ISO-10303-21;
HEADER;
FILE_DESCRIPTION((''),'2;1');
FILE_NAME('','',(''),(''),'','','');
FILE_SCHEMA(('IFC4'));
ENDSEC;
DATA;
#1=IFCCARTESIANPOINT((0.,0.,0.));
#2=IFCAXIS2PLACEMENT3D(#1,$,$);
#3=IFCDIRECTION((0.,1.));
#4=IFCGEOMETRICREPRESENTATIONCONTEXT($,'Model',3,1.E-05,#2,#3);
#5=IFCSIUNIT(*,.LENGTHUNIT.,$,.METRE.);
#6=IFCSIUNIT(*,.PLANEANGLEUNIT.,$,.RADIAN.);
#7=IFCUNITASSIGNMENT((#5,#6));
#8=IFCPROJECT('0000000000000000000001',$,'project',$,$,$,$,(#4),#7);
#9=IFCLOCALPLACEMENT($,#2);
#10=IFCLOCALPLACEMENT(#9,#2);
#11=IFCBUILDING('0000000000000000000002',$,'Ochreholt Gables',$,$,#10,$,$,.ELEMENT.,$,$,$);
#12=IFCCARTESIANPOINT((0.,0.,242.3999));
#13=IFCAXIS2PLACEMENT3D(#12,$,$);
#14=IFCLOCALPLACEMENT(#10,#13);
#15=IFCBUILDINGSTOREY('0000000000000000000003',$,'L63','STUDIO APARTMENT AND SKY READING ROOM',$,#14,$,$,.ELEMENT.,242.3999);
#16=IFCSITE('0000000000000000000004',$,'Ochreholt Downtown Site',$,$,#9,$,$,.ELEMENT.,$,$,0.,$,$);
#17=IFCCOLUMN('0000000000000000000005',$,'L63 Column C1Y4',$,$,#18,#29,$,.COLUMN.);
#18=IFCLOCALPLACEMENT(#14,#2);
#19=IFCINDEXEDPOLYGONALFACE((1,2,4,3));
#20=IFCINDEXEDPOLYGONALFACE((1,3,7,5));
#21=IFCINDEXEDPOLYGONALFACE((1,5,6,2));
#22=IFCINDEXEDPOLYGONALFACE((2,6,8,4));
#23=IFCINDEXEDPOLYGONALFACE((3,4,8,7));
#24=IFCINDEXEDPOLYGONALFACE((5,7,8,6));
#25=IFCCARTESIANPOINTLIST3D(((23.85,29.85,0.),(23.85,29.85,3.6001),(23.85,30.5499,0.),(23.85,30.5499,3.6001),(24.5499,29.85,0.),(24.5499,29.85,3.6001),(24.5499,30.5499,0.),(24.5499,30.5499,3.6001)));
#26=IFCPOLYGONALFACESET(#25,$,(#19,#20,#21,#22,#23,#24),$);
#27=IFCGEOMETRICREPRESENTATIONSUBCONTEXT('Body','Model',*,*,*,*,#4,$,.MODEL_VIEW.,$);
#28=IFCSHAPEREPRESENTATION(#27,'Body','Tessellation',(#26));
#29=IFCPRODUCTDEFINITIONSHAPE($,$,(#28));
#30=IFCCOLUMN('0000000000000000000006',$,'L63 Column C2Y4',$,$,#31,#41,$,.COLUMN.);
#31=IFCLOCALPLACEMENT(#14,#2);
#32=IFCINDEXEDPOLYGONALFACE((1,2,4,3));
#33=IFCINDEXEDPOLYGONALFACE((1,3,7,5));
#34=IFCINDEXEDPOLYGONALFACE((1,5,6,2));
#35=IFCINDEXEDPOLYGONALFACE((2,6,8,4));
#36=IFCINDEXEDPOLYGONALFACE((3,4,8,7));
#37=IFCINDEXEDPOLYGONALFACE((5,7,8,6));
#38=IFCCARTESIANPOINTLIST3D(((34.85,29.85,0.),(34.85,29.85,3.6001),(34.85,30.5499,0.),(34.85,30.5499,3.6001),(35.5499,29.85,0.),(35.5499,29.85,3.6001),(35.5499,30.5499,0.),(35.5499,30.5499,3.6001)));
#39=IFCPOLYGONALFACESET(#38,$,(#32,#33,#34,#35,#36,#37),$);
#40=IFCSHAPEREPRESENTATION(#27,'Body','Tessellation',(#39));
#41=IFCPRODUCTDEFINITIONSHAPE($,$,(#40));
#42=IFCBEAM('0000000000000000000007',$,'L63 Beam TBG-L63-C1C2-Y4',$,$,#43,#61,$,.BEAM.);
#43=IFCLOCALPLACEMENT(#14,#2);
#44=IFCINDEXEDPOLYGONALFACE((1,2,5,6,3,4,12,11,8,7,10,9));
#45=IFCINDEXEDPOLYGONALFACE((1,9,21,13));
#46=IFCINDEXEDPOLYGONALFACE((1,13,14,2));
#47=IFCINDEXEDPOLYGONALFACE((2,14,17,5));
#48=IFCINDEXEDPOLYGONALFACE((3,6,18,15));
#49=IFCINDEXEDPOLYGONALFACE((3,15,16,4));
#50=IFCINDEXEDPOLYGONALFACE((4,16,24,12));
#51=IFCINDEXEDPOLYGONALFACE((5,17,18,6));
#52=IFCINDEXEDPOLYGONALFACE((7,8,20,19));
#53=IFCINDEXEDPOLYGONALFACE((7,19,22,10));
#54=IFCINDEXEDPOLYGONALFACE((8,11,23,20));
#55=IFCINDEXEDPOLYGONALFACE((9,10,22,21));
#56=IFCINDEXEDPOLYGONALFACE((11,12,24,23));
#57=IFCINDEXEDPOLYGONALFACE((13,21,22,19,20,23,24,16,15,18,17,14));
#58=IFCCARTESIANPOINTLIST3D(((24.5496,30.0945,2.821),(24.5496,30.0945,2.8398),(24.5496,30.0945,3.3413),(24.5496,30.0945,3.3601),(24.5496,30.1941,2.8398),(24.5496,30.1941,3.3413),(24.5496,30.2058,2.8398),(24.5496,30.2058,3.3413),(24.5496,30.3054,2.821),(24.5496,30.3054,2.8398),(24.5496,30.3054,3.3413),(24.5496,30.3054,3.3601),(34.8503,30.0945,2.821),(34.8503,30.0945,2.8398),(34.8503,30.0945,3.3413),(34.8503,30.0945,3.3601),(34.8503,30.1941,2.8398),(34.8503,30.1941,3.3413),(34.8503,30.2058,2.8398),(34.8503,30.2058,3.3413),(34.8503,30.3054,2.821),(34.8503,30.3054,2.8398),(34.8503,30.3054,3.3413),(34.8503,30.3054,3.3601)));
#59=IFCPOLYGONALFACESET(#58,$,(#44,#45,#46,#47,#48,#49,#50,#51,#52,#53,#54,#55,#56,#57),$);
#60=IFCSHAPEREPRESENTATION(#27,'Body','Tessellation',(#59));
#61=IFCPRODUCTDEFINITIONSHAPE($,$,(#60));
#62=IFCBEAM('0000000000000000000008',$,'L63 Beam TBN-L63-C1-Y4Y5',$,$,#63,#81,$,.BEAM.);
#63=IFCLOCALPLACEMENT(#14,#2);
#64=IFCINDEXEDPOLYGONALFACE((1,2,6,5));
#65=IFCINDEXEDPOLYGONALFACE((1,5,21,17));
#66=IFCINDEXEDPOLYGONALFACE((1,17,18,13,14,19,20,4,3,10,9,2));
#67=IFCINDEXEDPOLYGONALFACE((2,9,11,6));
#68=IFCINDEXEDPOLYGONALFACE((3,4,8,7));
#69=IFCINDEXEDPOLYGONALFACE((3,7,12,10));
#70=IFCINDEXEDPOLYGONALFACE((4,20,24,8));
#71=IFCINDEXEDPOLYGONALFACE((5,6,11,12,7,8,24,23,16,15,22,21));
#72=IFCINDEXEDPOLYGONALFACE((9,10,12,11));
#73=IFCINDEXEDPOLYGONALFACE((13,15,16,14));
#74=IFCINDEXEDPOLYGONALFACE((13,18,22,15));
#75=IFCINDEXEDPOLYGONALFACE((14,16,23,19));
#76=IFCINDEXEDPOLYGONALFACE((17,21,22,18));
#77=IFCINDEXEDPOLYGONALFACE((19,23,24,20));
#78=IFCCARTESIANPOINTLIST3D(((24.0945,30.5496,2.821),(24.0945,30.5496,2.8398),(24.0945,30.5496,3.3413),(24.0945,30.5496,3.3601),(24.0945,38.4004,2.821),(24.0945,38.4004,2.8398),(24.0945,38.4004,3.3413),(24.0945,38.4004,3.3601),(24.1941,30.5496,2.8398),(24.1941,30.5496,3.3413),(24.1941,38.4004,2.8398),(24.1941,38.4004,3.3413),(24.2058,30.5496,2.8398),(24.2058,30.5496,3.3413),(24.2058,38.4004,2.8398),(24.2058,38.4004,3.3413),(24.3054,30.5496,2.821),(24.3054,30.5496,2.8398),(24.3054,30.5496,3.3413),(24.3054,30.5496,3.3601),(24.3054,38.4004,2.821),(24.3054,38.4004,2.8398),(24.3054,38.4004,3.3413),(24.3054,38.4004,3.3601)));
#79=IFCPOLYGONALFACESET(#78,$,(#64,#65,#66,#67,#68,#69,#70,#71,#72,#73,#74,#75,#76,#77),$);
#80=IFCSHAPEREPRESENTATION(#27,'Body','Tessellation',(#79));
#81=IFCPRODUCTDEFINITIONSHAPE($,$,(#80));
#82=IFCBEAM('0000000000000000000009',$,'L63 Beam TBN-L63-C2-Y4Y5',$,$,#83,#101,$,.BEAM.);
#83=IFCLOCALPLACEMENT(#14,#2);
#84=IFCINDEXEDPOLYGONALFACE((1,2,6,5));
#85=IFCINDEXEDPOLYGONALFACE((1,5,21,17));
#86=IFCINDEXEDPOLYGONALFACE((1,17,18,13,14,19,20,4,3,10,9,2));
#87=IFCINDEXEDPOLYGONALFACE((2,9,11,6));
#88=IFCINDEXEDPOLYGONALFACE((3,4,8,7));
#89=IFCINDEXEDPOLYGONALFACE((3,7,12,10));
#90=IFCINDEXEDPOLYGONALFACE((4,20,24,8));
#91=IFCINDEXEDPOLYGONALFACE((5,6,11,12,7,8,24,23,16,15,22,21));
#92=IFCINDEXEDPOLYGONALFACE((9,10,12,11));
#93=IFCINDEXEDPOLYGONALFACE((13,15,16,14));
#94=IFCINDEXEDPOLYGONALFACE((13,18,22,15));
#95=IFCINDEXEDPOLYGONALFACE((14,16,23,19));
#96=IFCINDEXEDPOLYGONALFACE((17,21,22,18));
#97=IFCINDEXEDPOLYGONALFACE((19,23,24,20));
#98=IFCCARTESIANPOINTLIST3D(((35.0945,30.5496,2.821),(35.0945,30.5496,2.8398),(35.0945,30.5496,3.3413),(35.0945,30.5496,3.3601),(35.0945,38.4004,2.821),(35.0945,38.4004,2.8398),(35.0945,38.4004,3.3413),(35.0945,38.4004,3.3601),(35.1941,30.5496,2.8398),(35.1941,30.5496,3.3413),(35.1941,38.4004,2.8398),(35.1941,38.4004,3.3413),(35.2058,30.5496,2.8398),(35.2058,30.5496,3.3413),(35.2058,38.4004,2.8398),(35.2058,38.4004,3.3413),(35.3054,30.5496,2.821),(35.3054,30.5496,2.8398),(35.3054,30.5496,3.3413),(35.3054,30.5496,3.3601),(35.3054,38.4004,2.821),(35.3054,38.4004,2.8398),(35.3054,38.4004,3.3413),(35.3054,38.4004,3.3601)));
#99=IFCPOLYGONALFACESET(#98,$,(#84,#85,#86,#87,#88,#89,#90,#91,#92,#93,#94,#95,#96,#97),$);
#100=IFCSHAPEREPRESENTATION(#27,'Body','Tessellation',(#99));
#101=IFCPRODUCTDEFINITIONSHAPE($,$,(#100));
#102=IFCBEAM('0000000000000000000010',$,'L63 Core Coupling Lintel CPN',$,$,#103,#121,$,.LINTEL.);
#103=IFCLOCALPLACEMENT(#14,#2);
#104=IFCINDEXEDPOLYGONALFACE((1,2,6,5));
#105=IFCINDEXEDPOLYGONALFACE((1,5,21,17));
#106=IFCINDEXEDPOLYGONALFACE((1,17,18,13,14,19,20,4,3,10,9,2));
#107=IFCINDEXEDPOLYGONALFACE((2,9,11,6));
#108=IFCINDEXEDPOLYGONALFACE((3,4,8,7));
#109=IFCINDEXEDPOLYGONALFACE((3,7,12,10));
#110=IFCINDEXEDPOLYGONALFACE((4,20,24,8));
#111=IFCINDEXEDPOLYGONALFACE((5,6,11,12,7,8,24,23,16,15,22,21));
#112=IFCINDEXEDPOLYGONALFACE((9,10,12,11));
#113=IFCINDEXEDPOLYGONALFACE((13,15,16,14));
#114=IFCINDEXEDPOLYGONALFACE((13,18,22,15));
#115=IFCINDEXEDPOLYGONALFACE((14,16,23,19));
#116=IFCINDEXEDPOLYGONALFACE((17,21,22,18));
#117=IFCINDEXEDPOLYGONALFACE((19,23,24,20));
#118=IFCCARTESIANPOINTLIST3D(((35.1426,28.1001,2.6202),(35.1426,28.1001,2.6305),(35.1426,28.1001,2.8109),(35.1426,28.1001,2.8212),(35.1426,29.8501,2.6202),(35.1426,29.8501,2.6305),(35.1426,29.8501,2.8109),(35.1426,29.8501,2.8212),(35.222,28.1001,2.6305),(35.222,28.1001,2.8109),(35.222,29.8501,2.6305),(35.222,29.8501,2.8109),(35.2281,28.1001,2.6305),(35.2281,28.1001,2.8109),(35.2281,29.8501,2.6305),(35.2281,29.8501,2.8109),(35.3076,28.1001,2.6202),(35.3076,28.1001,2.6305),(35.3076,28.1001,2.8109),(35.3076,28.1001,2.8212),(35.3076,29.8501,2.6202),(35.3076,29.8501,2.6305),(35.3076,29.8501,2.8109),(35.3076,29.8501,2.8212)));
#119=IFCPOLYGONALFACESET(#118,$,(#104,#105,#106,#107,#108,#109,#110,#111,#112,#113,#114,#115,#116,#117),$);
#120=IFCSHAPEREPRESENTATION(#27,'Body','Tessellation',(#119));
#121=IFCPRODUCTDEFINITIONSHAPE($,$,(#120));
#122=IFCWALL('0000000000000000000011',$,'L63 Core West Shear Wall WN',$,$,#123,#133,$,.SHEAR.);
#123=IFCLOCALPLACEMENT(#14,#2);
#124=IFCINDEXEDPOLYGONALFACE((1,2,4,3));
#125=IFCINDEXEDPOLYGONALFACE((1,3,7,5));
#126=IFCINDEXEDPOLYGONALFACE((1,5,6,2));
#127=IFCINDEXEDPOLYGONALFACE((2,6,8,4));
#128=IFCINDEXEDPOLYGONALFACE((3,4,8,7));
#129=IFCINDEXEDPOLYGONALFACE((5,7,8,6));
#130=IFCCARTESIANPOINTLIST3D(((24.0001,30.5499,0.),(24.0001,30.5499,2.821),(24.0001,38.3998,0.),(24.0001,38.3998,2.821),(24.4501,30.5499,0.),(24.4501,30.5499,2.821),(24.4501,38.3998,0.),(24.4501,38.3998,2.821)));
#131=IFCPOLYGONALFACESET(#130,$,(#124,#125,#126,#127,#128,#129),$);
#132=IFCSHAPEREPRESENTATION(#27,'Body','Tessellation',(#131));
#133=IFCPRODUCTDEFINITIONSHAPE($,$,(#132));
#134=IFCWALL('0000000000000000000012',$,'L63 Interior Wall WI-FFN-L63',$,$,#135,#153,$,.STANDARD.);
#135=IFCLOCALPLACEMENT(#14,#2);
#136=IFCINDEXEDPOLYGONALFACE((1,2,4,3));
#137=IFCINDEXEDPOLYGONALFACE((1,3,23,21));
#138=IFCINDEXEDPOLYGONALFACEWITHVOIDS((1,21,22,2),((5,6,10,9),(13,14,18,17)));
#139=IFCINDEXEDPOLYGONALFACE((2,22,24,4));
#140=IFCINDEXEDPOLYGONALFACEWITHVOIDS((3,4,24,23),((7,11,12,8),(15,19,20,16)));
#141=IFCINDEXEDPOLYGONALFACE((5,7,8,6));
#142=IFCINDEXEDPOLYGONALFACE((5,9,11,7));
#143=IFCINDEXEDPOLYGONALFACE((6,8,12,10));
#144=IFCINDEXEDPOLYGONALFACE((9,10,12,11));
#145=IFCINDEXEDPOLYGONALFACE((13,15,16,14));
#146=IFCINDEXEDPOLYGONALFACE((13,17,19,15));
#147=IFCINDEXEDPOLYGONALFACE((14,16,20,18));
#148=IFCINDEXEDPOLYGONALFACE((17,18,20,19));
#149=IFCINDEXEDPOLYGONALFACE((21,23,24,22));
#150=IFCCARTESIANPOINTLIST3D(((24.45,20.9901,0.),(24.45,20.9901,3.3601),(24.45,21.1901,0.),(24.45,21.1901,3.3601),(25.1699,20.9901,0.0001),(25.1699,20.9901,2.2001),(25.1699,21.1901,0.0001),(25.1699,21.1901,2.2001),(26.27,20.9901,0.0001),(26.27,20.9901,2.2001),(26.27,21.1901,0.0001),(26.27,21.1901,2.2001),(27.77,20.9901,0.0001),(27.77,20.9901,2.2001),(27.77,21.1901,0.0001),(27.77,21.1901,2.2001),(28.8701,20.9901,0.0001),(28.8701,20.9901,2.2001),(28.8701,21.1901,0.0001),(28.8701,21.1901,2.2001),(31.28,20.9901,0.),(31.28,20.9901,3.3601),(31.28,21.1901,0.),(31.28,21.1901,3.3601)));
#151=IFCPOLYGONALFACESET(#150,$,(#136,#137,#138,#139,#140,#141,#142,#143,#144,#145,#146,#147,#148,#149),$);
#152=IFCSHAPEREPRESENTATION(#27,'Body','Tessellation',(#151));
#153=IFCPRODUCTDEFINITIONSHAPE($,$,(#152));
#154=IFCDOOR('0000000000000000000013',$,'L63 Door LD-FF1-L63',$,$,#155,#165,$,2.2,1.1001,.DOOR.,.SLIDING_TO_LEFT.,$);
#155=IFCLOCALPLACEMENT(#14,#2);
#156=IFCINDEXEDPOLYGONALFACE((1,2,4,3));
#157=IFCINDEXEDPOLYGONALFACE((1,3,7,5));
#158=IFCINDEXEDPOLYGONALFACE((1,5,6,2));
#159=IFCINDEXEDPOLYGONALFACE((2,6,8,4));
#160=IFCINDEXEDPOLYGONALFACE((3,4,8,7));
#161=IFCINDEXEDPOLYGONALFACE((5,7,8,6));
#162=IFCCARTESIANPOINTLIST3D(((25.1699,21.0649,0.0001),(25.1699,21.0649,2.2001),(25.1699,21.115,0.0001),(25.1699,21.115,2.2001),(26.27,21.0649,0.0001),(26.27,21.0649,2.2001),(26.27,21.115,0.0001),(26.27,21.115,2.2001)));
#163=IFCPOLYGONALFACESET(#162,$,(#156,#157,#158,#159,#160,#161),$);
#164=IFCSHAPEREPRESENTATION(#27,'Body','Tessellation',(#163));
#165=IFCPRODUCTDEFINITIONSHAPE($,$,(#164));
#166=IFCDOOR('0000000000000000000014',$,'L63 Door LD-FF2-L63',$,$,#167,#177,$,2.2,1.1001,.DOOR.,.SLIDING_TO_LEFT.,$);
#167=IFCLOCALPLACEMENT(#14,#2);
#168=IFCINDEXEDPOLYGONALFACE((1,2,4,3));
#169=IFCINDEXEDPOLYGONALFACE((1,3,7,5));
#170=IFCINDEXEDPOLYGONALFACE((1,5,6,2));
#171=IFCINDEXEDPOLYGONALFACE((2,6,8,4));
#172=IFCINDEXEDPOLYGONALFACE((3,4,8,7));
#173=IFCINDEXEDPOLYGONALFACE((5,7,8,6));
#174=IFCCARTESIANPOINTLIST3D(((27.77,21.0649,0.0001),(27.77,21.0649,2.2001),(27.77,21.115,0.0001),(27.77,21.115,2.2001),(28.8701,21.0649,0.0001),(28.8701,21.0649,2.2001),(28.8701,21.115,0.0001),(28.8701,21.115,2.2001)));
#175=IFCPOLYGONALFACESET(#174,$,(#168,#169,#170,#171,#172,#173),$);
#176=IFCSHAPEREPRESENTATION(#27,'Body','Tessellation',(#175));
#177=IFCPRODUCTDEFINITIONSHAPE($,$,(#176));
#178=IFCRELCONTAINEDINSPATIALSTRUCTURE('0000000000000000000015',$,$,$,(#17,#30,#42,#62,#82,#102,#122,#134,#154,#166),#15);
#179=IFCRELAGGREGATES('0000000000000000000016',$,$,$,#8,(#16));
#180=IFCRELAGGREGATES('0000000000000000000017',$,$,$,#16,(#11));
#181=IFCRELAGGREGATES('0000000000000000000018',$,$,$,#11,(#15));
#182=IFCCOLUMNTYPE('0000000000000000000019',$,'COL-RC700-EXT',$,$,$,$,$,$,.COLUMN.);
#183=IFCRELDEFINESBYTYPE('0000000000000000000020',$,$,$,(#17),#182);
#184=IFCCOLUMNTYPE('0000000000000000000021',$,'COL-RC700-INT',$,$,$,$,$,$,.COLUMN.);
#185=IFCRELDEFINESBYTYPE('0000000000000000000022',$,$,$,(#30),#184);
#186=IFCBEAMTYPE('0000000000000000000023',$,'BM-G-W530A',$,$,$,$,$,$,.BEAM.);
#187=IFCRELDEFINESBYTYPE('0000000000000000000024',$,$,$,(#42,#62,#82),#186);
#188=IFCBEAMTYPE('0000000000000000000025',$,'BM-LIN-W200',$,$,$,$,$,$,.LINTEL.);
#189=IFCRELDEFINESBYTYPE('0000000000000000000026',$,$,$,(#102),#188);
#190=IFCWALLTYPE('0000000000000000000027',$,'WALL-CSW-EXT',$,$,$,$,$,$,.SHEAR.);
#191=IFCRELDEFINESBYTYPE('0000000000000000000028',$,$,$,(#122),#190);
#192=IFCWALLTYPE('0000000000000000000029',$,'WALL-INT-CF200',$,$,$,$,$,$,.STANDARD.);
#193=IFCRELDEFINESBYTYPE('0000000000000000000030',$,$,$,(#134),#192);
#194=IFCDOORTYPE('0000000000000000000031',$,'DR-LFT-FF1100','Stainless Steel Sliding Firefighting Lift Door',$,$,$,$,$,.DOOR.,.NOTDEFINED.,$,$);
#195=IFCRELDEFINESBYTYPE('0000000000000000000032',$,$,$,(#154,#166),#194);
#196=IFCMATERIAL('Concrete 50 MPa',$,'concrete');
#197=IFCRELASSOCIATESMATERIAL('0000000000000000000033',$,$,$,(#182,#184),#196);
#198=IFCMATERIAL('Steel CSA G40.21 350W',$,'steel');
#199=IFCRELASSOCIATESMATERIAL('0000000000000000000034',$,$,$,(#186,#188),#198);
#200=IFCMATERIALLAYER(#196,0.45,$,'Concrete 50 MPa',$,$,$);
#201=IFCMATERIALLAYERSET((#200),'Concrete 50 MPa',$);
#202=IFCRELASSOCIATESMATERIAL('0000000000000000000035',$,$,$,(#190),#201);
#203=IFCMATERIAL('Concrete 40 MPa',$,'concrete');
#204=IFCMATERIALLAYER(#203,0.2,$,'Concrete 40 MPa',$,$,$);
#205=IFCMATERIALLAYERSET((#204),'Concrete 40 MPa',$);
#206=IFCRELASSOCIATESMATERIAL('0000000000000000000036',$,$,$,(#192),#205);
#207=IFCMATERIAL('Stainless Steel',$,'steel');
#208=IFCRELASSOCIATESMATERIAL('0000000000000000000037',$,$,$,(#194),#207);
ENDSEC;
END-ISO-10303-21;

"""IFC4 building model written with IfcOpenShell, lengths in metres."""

from ifc_helpers import new_model, si_unit, direction, frame, frame_2d, origin, origin_2d, place, context, subcontext, project, spatial, rectangle, i_section, extrude, material, layer, layer_set, material_profile, profile_set, type_object, element, fill, save


model = new_model("IFC4")

# Units and contexts
model_context = context("Model", 3, precision=1e-05, world=origin(), true_north=direction((0.0, 1.0)))
body_context = subcontext(model_context, "Body", "Model", "MODEL_VIEW")
ifc_project = project(units=[si_unit("LENGTHUNIT", "METRE"), si_unit("PLANEANGLEUNIT", "RADIAN")], contexts=[model_context])

# Site, building, storey
site_placement = place(None, origin())
site = spatial("IfcSite", under=ifc_project, at=site_placement, Name="Ochreholt Downtown Site", CompositionType="ELEMENT", RefElevation=0.0)
building_placement = place(site_placement, origin())
building = spatial("IfcBuilding", under=site, at=building_placement, Name="Ochreholt Gables", CompositionType="ELEMENT")
storey_placement = place(building_placement, frame((0.0, 0.0, 242.3999)))
storey = spatial("IfcBuildingStorey", under=building, at=storey_placement, Name="L63", Description="STUDIO APARTMENT AND SKY READING ROOM", CompositionType="ELEMENT", Elevation=242.3999)

# Columns
ifc_material_1 = material(Name="Concrete 50 MPa", Category="concrete")
ifc_material_profile_1 = material_profile(ifc_material_1, rectangle(XDim=0.7, YDim=0.7, at=origin_2d()), Name="RC700X700")
ifc_profile_set_1 = profile_set([ifc_material_profile_1], Name="Concrete 50 MPa")
column_type_1 = type_object("IfcColumnType", Name="COL-RC700-EXT", PredefinedType="COLUMN", material=ifc_profile_set_1)
column_1_placement = place(storey_placement, frame((24.2, 30.2, 0.0), z_axis=(0.0, 0.0, 1.0), x_axis=(1.0, 0.0, 0.0)))
element("IfcColumn", 1, at=column_1_placement, inside=storey, type_object=column_type_1, Name="L63 Column C1Y4", PredefinedType="COLUMN", context=body_context, shape_type="SweptSolid", body=[
    extrude(rectangle(XDim=0.7, YDim=0.7, at=origin_2d()), origin(), (0.0, 0.0, 1.0), 3.6001),
])
ifc_material_profile_2 = material_profile(ifc_material_1, rectangle(XDim=0.7, YDim=0.7, at=origin_2d()), Name="RC700X700")
ifc_profile_set_2 = profile_set([ifc_material_profile_2], Name="Concrete 50 MPa")
column_type_2 = type_object("IfcColumnType", Name="COL-RC700-INT", PredefinedType="COLUMN", material=ifc_profile_set_2)
column_2_placement = place(storey_placement, frame((35.2, 30.2, 0.0), z_axis=(0.0, 0.0, 1.0), x_axis=(1.0, 0.0, 0.0)))
element("IfcColumn", 2, at=column_2_placement, inside=storey, type_object=column_type_2, Name="L63 Column C2Y4", PredefinedType="COLUMN", context=body_context, shape_type="SweptSolid", body=[
    extrude(rectangle(XDim=0.7, YDim=0.7, at=origin_2d()), origin(), (0.0, 0.0, 1.0), 3.6001),
])

# Beams
ifc_material_2 = material(Name="Steel CSA G40.21 350W", Category="steel")
ifc_material_profile_3 = material_profile(ifc_material_2, i_section(OverallWidth=0.2109, OverallDepth=0.5391, WebThickness=0.0117, FlangeThickness=0.0188, at=origin_2d()), Name="W530X109")
ifc_profile_set_3 = profile_set([ifc_material_profile_3], Name="Steel CSA G40.21 350W")
beam_type_1 = type_object("IfcBeamType", Name="BM-G-W530A", PredefinedType="BEAM", material=ifc_profile_set_3)
beam_1_placement = place(storey_placement, frame((24.5496, 30.2, 3.0906), z_axis=(1.0, 0.0, 0.0), x_axis=(0.0, 1.0, 0.0)))
element("IfcBeam", 3, at=beam_1_placement, inside=storey, type_object=beam_type_1, Name="L63 Beam TBG-L63-C1C2-Y4", PredefinedType="BEAM", context=body_context, shape_type="SweptSolid", body=[
    extrude(i_section(OverallWidth=0.2109, OverallDepth=0.5391, WebThickness=0.0117, FlangeThickness=0.0188, at=origin_2d()), origin(), (0.0, 0.0, 1.0), 10.3008),
])
for number, where, z_axis, x_axis, name in (
    (4, (24.2, 30.5496, 3.0906), (0.0, 1.0, 0.0), (-1.0, 0.0, 0.0), "L63 Beam TBN-L63-C1-Y4Y5"),
    (5, (35.2, 30.5496, 3.0906), (0.0, 1.0, 0.0), (-1.0, 0.0, 0.0), "L63 Beam TBN-L63-C2-Y4Y5"),
):
    element("IfcBeam", number, at=place(storey_placement, frame(where, z_axis=z_axis, x_axis=x_axis)), inside=storey, type_object=beam_type_1, Name=name, PredefinedType="BEAM", context=body_context, shape_type="SweptSolid", body=[
        extrude(i_section(OverallWidth=0.2109, OverallDepth=0.5391, WebThickness=0.0117, FlangeThickness=0.0188, at=origin_2d()), origin(), (0.0, 0.0, 1.0), 7.8508),
    ])
ifc_material_profile_4 = material_profile(ifc_material_2, i_section(OverallWidth=0.165, OverallDepth=0.2009, WebThickness=0.0061, FlangeThickness=0.0103, at=origin_2d()), Name="W200X36")
ifc_profile_set_4 = profile_set([ifc_material_profile_4], Name="Steel CSA G40.21 350W")
beam_type_2 = type_object("IfcBeamType", Name="BM-LIN-W200", PredefinedType="LINTEL", material=ifc_profile_set_4)
beam_2_placement = place(storey_placement, frame((35.2251, 28.1001, 2.7207), z_axis=(0.0, 1.0, 0.0), x_axis=(-1.0, 0.0, 0.0)))
element("IfcBeam", 6, at=beam_2_placement, inside=storey, type_object=beam_type_2, Name="L63 Core Coupling Lintel CPN", PredefinedType="LINTEL", context=body_context, shape_type="SweptSolid", body=[
    extrude(i_section(OverallWidth=0.165, OverallDepth=0.2009, WebThickness=0.0061, FlangeThickness=0.0103, at=origin_2d()), origin(), (0.0, 0.0, 1.0), 1.75),
])

# Wall
ifc_layer_1 = layer(ifc_material_1, 0.45, Name="Concrete 50 MPa")
ifc_layer_set_1 = layer_set([ifc_layer_1], Name="Concrete 50 MPa")
wall_type_1 = type_object("IfcWallType", Name="WALL-CSW-EXT", PredefinedType="SHEAR", material=ifc_layer_set_1)
wall_1_placement = place(storey_placement, frame((24.2251, 30.55, 0.0), z_axis=(0.0, 0.0, 1.0), x_axis=(0.0, 1.0, 0.0)))
element("IfcWall", 7, at=wall_1_placement, inside=storey, type_object=wall_type_1, Name="L63 Core West Shear Wall WN", PredefinedType="SHEAR", context=body_context, shape_type="SweptSolid", body=[
    extrude(rectangle(XDim=7.8499, YDim=0.45, at=frame_2d((3.9248, 0.0))), origin(), (0.0, 0.0, 1.0), 2.821),
])

# Wall, openings, doors
ifc_material_3 = material(Name="Concrete 40 MPa", Category="concrete")
ifc_layer_2 = layer(ifc_material_3, 0.2, Name="Concrete 40 MPa")
ifc_layer_set_2 = layer_set([ifc_layer_2], Name="Concrete 40 MPa")
wall_type_2 = type_object("IfcWallType", Name="WALL-INT-CF200", PredefinedType="STANDARD", material=ifc_layer_set_2)
wall_2_placement = place(storey_placement, frame((24.45, 21.0901, 0.0), z_axis=(0.0, 0.0, 1.0), x_axis=(1.0, 0.0, 0.0)))
wall_2 = element("IfcWall", 8, at=wall_2_placement, inside=storey, type_object=wall_type_2, Name="L63 Interior Wall WI-FFN-L63", PredefinedType="STANDARD", context=body_context, shape_type="SweptSolid", body=[
    extrude(rectangle(XDim=6.8301, YDim=0.2, at=frame_2d((3.415, 0.0))), origin(), (0.0, 0.0, 1.0), 3.3601),
])
opening_1_placement = place(wall_2_placement, frame((0.72, 0.0, 0.0)))
opening_1 = element("IfcOpeningElement", 9, at=opening_1_placement, cuts=wall_2, PredefinedType="OPENING", context=body_context, shape_type="SweptSolid", body=[
    extrude(rectangle(XDim=1.1001, YDim=2.2, at=frame_2d((0.55, 1.1001))), frame((0.0, 0.1099, 0.0), z_axis=(0.0, -1.0, 0.0), x_axis=(1.0, 0.0, 0.0)), (0.0, 0.0, 1.0), 0.22),
])
opening_2_placement = place(wall_2_placement, frame((3.3201, 0.0, 0.0)))
opening_2 = element("IfcOpeningElement", 10, at=opening_2_placement, cuts=wall_2, PredefinedType="OPENING", context=body_context, shape_type="SweptSolid", body=[
    extrude(rectangle(XDim=1.1001, YDim=2.2, at=frame_2d((0.55, 1.1001))), frame((0.0, 0.1099, 0.0), z_axis=(0.0, -1.0, 0.0), x_axis=(1.0, 0.0, 0.0)), (0.0, 0.0, 1.0), 0.22),
])
ifc_material_4 = material(Name="Stainless Steel", Category="steel")
door_type_1 = type_object("IfcDoorType", Name="DR-LFT-FF1100", Description="Stainless Steel Sliding Firefighting Lift Door", OperationType="NOTDEFINED", PredefinedType="DOOR", material=ifc_material_4)
door_1_placement = place(opening_1_placement, origin())
door_1 = element("IfcDoor", 11, at=door_1_placement, inside=storey, type_object=door_type_1, Name="L63 Door LD-FF1-L63", OperationType="SLIDING_TO_LEFT", OverallHeight=2.2, OverallWidth=1.1001, PredefinedType="DOOR", context=body_context, shape_type="SweptSolid", body=[
    extrude(rectangle(XDim=1.1001, YDim=2.2, at=frame_2d((0.55, 1.1001))), frame((0.0, 0.0249, 0.0), z_axis=(0.0, -1.0, 0.0), x_axis=(1.0, 0.0, 0.0)), (0.0, 0.0, 1.0), 0.05),
])
fill(opening_1, door_1)
door_2_placement = place(opening_2_placement, origin())
door_2 = element("IfcDoor", 12, at=door_2_placement, inside=storey, type_object=door_type_1, Name="L63 Door LD-FF2-L63", OperationType="SLIDING_TO_LEFT", OverallHeight=2.2, OverallWidth=1.1001, PredefinedType="DOOR", context=body_context, shape_type="SweptSolid", body=[
    extrude(rectangle(XDim=1.1001, YDim=2.2, at=frame_2d((0.55, 1.1001))), frame((0.0, 0.0249, 0.0), z_axis=(0.0, -1.0, 0.0), x_axis=(1.0, 0.0, 0.0)), (0.0, 0.0, 1.0), 0.05),
])
fill(opening_2, door_2)

save(model, "model.ifc")
